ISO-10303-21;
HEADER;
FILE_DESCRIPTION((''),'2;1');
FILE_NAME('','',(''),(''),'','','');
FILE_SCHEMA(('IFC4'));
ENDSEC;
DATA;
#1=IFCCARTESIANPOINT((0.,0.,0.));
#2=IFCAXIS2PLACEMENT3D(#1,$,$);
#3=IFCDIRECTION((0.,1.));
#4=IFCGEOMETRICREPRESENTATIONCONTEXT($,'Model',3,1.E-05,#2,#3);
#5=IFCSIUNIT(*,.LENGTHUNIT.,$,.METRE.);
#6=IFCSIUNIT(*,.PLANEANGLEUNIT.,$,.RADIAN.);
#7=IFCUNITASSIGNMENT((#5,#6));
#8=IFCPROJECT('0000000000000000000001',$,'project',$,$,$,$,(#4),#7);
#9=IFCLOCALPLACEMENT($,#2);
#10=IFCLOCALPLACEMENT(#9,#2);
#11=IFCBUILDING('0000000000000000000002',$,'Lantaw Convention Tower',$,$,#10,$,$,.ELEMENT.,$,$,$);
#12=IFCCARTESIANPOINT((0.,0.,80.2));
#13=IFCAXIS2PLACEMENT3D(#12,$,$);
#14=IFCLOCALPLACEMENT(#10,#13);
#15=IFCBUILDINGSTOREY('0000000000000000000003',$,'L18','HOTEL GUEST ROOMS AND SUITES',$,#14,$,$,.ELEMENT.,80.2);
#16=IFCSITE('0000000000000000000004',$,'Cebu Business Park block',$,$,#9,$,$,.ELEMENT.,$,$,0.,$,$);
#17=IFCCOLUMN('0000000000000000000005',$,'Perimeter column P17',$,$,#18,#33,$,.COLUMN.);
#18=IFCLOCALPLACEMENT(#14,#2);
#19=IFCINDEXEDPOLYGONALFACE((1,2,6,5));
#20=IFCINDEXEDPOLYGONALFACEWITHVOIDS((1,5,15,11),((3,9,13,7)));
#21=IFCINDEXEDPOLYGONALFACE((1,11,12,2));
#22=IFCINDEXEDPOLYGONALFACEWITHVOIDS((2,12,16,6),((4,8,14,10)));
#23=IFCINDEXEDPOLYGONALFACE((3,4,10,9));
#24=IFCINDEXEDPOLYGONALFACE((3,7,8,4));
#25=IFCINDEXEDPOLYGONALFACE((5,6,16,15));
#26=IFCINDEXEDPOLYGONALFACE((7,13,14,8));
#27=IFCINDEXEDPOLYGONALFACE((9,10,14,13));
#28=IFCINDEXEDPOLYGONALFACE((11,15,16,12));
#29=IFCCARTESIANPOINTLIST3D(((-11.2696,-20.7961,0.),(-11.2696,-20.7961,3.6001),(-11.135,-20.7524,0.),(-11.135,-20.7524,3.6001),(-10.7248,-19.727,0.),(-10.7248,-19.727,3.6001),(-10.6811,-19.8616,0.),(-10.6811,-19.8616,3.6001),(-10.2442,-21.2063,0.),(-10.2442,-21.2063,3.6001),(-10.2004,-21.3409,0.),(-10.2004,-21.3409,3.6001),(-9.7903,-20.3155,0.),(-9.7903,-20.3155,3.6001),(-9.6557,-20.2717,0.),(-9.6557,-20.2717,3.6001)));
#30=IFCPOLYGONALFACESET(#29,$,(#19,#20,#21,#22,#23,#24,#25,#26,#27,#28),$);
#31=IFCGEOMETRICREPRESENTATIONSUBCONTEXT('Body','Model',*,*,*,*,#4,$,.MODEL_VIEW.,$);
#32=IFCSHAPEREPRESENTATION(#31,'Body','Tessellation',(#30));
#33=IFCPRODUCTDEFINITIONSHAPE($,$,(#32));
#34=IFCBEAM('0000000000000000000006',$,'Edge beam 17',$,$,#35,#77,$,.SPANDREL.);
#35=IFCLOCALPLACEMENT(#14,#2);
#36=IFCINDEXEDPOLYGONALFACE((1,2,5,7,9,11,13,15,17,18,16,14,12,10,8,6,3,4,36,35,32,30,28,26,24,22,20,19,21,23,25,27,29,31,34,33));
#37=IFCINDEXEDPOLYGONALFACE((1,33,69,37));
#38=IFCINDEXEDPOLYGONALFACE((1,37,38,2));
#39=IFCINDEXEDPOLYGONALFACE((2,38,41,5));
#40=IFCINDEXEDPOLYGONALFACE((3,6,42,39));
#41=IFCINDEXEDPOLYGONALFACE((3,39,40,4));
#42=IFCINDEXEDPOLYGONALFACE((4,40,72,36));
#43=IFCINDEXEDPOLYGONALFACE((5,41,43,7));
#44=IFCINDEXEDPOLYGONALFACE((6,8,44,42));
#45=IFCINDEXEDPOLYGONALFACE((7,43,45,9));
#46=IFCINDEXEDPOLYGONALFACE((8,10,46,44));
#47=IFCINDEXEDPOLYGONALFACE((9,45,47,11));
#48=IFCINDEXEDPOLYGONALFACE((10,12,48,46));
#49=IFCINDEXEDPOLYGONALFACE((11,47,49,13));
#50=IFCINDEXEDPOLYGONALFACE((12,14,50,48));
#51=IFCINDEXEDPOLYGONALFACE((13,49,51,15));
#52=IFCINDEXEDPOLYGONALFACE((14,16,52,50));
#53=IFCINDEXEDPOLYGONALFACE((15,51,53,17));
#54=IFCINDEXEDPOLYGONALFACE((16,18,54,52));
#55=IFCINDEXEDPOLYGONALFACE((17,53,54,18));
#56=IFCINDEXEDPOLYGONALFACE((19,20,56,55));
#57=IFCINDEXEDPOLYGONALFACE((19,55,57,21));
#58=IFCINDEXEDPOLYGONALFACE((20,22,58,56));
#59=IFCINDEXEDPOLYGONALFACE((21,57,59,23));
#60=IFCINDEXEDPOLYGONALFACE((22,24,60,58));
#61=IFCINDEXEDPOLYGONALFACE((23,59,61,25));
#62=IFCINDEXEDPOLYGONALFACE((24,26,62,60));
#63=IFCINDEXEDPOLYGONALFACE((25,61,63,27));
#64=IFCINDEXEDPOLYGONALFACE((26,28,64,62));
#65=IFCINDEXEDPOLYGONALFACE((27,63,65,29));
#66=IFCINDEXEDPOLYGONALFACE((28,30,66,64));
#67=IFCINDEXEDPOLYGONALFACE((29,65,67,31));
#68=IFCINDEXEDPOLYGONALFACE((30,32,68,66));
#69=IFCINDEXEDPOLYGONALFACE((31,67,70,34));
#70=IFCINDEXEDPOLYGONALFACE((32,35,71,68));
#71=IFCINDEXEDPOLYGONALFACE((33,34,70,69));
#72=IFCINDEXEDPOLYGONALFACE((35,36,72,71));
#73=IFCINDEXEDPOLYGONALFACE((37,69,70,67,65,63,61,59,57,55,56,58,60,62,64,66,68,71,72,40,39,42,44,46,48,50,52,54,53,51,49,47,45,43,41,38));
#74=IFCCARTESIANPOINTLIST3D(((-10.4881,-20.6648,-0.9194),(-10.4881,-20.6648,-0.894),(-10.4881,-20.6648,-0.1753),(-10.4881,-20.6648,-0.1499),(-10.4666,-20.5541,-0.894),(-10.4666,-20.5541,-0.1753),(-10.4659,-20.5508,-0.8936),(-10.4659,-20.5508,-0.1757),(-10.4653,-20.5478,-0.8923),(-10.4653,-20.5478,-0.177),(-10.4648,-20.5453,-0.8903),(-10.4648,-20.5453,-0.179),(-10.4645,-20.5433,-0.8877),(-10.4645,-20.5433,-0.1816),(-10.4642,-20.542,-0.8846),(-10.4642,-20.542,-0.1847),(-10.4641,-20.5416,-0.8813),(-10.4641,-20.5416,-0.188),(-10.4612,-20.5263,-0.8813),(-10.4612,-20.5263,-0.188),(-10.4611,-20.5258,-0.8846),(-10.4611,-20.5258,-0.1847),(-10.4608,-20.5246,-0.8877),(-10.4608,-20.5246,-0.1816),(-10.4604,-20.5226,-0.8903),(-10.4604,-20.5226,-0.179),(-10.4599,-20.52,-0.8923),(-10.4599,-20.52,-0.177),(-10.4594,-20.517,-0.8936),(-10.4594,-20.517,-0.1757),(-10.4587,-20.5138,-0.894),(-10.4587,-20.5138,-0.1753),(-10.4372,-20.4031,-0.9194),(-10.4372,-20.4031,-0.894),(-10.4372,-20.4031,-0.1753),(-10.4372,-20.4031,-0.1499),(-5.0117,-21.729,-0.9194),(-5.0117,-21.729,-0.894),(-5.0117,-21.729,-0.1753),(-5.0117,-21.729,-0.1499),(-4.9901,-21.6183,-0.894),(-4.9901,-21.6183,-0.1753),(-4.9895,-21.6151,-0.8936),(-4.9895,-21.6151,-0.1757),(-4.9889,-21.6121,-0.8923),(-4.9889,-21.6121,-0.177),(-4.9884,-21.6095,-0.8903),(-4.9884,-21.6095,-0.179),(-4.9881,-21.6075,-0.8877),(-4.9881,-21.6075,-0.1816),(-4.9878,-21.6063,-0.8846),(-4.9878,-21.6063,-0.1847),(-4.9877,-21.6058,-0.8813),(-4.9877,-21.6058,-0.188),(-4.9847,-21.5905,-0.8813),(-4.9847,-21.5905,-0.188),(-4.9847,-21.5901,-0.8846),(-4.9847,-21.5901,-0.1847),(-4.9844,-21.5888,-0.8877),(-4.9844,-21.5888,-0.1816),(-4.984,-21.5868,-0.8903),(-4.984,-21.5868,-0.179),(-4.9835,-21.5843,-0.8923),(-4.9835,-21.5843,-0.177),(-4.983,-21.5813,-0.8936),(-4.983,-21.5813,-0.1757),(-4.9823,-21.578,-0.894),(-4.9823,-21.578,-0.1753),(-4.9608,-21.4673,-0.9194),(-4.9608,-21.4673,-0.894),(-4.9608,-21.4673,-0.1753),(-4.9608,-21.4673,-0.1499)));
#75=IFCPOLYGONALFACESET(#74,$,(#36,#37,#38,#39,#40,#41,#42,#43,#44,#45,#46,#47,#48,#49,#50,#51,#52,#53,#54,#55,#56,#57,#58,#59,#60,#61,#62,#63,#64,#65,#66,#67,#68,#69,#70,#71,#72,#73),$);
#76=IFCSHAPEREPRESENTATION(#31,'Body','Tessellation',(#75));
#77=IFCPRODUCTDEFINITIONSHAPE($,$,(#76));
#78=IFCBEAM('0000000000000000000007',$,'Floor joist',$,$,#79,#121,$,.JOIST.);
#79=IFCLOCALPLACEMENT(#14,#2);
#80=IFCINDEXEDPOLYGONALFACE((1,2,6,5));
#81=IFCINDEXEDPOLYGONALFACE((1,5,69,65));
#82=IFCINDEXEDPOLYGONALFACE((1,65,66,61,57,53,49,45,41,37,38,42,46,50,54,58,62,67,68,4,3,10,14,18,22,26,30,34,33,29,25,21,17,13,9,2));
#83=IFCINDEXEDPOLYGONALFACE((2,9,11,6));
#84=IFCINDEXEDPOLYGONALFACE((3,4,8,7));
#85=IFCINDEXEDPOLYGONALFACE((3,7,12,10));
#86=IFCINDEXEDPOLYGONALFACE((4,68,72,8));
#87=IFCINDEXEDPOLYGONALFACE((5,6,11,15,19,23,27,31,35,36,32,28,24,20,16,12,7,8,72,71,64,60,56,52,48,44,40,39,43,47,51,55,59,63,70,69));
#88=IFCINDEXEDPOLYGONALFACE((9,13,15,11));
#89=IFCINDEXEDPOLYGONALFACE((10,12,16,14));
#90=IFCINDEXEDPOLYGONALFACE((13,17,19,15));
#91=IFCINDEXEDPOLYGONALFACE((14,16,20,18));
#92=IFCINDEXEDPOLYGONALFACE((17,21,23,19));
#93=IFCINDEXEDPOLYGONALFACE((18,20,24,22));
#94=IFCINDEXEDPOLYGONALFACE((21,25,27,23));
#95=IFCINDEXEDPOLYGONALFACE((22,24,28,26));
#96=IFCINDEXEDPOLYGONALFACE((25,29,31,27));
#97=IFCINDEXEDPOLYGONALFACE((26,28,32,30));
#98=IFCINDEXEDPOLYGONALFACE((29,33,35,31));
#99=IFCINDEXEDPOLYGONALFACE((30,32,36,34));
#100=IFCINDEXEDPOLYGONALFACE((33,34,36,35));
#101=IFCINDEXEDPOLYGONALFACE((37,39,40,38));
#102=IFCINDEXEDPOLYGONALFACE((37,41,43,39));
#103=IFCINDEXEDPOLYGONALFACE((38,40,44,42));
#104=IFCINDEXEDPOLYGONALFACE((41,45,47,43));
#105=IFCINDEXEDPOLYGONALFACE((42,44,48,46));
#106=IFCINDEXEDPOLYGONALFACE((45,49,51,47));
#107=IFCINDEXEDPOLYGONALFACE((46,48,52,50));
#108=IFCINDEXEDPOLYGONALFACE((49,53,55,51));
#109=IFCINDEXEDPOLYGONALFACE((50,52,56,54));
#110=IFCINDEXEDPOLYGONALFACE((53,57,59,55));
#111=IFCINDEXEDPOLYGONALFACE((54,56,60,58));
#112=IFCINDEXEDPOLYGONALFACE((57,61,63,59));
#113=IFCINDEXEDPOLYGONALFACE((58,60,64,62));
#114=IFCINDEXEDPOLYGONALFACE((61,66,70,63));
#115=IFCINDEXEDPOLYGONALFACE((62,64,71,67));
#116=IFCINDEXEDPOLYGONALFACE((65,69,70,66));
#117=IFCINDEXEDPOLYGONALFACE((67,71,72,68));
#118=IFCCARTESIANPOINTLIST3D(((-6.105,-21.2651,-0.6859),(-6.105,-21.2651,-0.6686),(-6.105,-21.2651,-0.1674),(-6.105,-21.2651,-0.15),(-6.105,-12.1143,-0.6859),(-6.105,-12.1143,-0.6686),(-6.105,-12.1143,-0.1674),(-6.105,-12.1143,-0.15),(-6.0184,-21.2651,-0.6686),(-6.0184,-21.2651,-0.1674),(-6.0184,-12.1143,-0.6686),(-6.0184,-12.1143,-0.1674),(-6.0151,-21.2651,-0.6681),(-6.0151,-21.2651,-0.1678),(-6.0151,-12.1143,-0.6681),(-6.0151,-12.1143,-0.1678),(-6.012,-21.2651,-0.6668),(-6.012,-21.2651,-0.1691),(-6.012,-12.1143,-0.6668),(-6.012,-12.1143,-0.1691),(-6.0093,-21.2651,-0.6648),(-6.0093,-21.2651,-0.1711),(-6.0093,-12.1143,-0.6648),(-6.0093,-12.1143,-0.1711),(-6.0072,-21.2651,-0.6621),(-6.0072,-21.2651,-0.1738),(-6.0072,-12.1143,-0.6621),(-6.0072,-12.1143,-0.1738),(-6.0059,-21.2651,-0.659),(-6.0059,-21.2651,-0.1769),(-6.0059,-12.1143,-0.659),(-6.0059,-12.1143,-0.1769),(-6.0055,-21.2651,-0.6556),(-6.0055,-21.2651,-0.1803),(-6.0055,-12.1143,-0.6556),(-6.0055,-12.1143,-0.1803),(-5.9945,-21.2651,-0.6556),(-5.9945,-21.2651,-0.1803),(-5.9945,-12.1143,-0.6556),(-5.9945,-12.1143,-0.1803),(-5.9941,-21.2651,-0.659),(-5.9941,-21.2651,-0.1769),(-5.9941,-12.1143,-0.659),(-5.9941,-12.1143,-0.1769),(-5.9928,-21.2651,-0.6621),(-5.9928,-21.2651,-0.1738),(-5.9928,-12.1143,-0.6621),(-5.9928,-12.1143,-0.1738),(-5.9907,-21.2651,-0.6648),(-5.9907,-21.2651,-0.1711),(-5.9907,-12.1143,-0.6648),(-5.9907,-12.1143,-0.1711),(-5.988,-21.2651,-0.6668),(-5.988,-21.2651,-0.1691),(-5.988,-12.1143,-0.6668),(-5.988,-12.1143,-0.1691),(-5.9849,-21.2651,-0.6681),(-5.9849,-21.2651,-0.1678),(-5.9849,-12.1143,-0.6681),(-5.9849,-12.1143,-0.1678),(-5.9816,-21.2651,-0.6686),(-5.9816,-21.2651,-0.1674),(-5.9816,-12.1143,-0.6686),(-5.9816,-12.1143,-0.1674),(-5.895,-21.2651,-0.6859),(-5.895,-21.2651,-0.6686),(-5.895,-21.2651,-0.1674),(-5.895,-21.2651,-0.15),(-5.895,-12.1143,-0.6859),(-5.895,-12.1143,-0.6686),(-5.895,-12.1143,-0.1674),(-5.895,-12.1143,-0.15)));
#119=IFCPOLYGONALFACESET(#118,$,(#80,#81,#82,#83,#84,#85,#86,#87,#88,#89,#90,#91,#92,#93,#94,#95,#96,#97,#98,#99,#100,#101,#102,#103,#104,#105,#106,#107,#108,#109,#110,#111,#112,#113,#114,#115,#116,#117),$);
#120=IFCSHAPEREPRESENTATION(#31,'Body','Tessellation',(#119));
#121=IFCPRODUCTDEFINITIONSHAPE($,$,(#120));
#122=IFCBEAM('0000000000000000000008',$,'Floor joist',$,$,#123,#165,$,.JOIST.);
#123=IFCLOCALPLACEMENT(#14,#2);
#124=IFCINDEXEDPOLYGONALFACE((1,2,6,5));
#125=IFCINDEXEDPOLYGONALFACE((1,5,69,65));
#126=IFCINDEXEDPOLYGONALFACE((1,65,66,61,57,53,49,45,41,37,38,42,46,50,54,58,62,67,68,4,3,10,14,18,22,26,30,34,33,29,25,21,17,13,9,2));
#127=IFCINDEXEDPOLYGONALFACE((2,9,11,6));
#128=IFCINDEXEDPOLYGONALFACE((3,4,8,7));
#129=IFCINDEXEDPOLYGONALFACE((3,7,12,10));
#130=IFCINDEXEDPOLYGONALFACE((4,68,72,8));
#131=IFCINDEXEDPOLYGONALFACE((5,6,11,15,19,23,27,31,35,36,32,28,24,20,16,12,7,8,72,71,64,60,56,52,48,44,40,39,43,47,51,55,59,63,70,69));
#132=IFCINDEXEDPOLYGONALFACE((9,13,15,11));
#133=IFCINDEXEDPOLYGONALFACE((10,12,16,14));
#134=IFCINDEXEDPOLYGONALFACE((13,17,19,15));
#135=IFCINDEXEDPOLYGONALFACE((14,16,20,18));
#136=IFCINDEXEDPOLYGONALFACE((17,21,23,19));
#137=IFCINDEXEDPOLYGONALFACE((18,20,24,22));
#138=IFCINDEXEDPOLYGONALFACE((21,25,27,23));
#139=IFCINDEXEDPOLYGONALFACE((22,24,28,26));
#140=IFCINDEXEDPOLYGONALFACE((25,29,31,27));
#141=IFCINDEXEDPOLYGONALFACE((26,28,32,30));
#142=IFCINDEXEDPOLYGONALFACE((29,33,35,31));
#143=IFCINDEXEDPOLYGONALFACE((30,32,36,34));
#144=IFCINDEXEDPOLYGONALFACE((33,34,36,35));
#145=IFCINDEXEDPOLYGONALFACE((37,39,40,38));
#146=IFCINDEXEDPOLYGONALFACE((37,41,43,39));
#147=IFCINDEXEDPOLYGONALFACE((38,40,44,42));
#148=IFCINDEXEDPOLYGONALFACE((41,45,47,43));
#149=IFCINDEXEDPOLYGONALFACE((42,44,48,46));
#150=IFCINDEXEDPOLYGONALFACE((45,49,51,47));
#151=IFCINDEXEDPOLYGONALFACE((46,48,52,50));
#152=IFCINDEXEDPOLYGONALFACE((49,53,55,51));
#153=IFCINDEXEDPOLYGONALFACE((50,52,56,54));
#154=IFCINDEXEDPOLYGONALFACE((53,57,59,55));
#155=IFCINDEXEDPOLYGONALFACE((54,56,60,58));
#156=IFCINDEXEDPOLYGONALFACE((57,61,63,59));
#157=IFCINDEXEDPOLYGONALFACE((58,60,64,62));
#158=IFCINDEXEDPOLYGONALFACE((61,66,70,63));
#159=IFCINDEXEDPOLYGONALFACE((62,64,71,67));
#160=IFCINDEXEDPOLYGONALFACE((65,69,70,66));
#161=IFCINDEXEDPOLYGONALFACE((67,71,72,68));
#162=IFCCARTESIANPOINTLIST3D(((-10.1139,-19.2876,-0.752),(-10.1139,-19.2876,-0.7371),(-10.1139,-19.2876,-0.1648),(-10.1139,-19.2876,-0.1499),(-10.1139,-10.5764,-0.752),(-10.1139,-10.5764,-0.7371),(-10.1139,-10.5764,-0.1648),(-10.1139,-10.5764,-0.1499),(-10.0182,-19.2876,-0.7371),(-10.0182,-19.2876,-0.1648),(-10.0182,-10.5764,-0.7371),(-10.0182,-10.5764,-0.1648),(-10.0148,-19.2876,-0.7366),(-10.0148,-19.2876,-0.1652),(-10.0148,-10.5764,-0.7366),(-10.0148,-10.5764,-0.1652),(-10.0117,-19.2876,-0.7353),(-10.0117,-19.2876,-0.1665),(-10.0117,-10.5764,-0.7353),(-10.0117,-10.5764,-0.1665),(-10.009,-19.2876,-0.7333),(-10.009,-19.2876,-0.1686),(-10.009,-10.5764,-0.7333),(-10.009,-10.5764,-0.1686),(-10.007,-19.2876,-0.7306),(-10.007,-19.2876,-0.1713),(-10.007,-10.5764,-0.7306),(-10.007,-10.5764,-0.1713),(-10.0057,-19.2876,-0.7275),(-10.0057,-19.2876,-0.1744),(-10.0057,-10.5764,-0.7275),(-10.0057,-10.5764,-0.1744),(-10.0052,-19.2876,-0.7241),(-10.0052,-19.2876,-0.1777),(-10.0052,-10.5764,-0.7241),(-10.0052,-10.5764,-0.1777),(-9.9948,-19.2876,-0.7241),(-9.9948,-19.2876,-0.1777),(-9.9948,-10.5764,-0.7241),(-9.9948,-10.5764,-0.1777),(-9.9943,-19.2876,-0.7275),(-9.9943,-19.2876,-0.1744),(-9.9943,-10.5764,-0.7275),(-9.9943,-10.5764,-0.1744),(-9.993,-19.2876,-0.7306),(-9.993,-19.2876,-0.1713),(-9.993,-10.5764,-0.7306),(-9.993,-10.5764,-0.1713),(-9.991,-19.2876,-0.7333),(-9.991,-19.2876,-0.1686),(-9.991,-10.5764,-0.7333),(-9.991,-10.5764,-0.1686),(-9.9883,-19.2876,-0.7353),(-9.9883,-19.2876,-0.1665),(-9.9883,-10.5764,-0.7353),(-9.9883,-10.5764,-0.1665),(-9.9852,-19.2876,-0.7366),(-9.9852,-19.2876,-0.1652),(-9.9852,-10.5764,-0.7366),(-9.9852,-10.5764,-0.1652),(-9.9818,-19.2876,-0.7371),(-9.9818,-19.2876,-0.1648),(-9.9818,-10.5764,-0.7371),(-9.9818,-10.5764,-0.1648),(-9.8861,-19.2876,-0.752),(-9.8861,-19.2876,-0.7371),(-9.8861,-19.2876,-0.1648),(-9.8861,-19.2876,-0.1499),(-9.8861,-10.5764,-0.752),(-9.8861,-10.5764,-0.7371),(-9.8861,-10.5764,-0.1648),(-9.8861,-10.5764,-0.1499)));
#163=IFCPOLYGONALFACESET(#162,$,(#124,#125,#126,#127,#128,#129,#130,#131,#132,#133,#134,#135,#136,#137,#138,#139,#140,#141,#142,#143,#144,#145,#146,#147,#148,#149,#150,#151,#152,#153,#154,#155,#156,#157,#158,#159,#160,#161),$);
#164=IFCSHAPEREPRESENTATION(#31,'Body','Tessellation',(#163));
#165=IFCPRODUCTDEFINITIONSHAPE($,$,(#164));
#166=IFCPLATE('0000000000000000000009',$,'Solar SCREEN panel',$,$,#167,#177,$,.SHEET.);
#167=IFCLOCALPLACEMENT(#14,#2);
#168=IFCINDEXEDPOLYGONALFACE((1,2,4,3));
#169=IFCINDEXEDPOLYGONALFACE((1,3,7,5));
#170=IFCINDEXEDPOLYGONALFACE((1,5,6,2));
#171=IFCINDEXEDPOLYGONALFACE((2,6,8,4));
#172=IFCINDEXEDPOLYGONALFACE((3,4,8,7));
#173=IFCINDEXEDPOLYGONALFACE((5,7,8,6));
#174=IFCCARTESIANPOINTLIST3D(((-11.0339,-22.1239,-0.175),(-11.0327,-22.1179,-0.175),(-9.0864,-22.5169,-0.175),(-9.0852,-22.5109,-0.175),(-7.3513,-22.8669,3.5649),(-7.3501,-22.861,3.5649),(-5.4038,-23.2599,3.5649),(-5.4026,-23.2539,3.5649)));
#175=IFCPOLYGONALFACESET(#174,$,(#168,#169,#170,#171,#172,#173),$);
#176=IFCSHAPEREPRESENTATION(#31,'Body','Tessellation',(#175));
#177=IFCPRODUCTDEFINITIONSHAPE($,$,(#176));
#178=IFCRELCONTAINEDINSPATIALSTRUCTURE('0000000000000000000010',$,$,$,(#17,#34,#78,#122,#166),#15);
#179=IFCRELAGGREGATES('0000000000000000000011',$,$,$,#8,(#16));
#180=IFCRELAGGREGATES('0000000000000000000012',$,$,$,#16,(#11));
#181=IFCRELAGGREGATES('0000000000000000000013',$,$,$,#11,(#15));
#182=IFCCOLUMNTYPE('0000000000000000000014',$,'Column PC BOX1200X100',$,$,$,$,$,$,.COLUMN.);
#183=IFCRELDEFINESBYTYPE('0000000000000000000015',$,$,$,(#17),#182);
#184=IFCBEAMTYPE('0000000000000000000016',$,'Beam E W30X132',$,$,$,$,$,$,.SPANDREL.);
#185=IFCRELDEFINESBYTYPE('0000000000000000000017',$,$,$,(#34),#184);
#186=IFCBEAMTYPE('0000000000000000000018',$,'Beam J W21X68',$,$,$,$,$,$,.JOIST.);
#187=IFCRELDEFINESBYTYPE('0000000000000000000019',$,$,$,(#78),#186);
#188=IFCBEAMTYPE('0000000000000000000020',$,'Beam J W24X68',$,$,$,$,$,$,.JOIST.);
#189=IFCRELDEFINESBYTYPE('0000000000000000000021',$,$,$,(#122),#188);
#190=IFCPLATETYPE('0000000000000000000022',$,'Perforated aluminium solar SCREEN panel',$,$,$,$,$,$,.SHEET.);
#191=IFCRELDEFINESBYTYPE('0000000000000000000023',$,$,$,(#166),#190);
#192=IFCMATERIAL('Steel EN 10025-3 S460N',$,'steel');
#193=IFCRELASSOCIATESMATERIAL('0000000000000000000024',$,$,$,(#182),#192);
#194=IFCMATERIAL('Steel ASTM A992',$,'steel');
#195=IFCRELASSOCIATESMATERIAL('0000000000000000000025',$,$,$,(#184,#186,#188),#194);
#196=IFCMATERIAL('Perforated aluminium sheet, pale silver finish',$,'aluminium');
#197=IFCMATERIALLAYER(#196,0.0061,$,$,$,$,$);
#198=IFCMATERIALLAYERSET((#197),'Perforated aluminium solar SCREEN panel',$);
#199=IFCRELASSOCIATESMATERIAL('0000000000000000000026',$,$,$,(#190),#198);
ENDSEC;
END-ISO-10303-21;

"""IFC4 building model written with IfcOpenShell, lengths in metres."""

from ifc_helpers import new_model, si_unit, direction, frame, origin, origin_2d, place, context, subcontext, project, spatial, polyline, rectangle, hollow_rectangle, i_section, outline, extrude, material, layer, layer_set, material_profile, profile_set, type_object, element, save


model = new_model("IFC4")

# Units and contexts
model_context = context("Model", 3, precision=1e-05, world=origin(), true_north=direction((0.0, 1.0)))
body_context = subcontext(model_context, "Body", "Model", "MODEL_VIEW")
ifc_project = project(units=[si_unit("LENGTHUNIT", "METRE"), si_unit("PLANEANGLEUNIT", "RADIAN")], contexts=[model_context])

# Site, building, storey
site_placement = place(None, origin())
site = spatial("IfcSite", under=ifc_project, at=site_placement, Name="Cebu Business Park block", CompositionType="ELEMENT", RefElevation=0.0)
building_placement = place(site_placement, origin())
building = spatial("IfcBuilding", under=site, at=building_placement, Name="Lantaw Convention Tower", CompositionType="ELEMENT")
storey_placement = place(building_placement, frame((0.0, 0.0, 80.2)))
storey = spatial("IfcBuildingStorey", under=building, at=storey_placement, Name="L18", Description="HOTEL GUEST ROOMS AND SUITES", CompositionType="ELEMENT", Elevation=80.2)

# Column
ifc_material_1 = material(Name="Steel EN 10025-3 S460N", Category="steel")
ifc_material_profile_1 = material_profile(ifc_material_1, hollow_rectangle(XDim=1.2, YDim=1.2, WallThickness=0.1001, at=origin_2d()), Name="BOX1200X100")
ifc_material_2 = material(Name="Concrete C60/75", Category="concrete")
ifc_material_profile_2 = material_profile(ifc_material_2, rectangle(XDim=1.0, YDim=1.0, at=origin_2d()), Name="Concrete fill of BOX1200X100")
ifc_profile_set_1 = profile_set([ifc_material_profile_1, ifc_material_profile_2], Name="Steel EN 10025-3 S460N")
column_type = type_object("IfcColumnType", Name="Column PC BOX1200X100", PredefinedType="COLUMN", material=ifc_profile_set_1)
column_placement = place(storey_placement, frame((-10.4626, -20.5339, 0.0), z_axis=(0.0, 0.0, 1.0), x_axis=(0.45399, 0.891007, 0.0)))
element("IfcColumn", 1, at=column_placement, inside=storey, type_object=column_type, Name="Perimeter column P17", PredefinedType="COLUMN", context=body_context, shape_type="SweptSolid", body=[
    extrude(hollow_rectangle(XDim=1.2, YDim=1.2, WallThickness=0.1001, at=origin_2d()), origin(), (0.0, 0.0, 1.0), 3.6001),
])

# Beams
ifc_material_3 = material(Name="Steel ASTM A992", Category="steel")
ifc_material_profile_3 = material_profile(ifc_material_3, i_section(OverallWidth=0.2666, OverallDepth=0.7695, WebThickness=0.0156, FlangeThickness=0.0254, FilletRadius=0.0127, at=origin_2d()), Name="W30X132")
ifc_profile_set_2 = profile_set([ifc_material_profile_3], Name="Steel ASTM A992")
beam_type_1 = type_object("IfcBeamType", Name="Beam E W30X132", PredefinedType="SPANDREL", material=ifc_profile_set_2)
beam_1_placement = place(storey_placement, frame((-10.4626, -20.5339, -0.5347), z_axis=(0.981637, -0.190761, 0.0), x_axis=(0.190761, 0.981637, 0.0)))
element("IfcBeam", 2, at=beam_1_placement, inside=storey, type_object=beam_type_1, Name="Edge beam 17", PredefinedType="SPANDREL", context=body_context, shape_type="SweptSolid", body=[
    extrude(i_section(OverallWidth=0.2666, OverallDepth=0.7695, WebThickness=0.0156, FlangeThickness=0.0254, FilletRadius=0.0127, at=origin_2d()), origin(), (0.0, 0.0, 1.0), 5.5789),
])
ifc_material_profile_4 = material_profile(ifc_material_3, i_section(OverallWidth=0.21, OverallDepth=0.5359, WebThickness=0.011, FlangeThickness=0.0173, FilletRadius=0.0129, at=origin_2d()), Name="W21X68")
ifc_profile_set_3 = profile_set([ifc_material_profile_4], Name="Steel ASTM A992")
beam_type_2 = type_object("IfcBeamType", Name="Beam J W21X68", PredefinedType="JOIST", material=ifc_profile_set_3)
beam_2_placement = place(storey_placement, frame((-6.0, -21.2651, -0.418), z_axis=(0.0, 1.0, 0.0), x_axis=(-1.0, 0.0, 0.0)))
element("IfcBeam", 3, at=beam_2_placement, inside=storey, type_object=beam_type_2, Name="Floor joist", PredefinedType="JOIST", context=body_context, shape_type="SweptSolid", body=[
    extrude(i_section(OverallWidth=0.21, OverallDepth=0.5359, WebThickness=0.011, FlangeThickness=0.0173, FilletRadius=0.0129, at=origin_2d()), origin(), (0.0, 0.0, 1.0), 9.1509),
])
ifc_material_profile_5 = material_profile(ifc_material_3, i_section(OverallWidth=0.2278, OverallDepth=0.6021, WebThickness=0.0105, FlangeThickness=0.0149, FilletRadius=0.0129, at=origin_2d()), Name="W24X68")
ifc_profile_set_4 = profile_set([ifc_material_profile_5], Name="Steel ASTM A992")
beam_type_3 = type_object("IfcBeamType", Name="Beam J W24X68", PredefinedType="JOIST", material=ifc_profile_set_4)
beam_3_placement = place(storey_placement, frame((-10.0, -19.2876, -0.4509), z_axis=(0.0, 1.0, 0.0), x_axis=(-1.0, 0.0, 0.0)))
element("IfcBeam", 4, at=beam_3_placement, inside=storey, type_object=beam_type_3, Name="Floor joist", PredefinedType="JOIST", context=body_context, shape_type="SweptSolid", body=[
    extrude(i_section(OverallWidth=0.2278, OverallDepth=0.6021, WebThickness=0.0105, FlangeThickness=0.0149, FilletRadius=0.0129, at=origin_2d()), origin(), (0.0, 0.0, 1.0), 8.7112),
])

# Plate
ifc_material_4 = material(Name="Perforated aluminium sheet, pale silver finish", Category="aluminium")
ifc_layer_1 = layer(ifc_material_4, 0.0061)
ifc_layer_set_1 = layer_set([ifc_layer_1], Name="Perforated aluminium solar SCREEN panel")
plate_type = type_object("IfcPlateType", Name="Perforated aluminium solar SCREEN panel", PredefinedType="SHEET", material=ifc_layer_set_1)
plate_1_placement = place(storey_placement, frame((-11.0327, -22.1179, -0.175), z_axis=(0.197782, 0.980246, 0.000002), x_axis=(0.980246, -0.197782, 0.0)))
element("IfcPlate", 5, at=plate_1_placement, inside=storey, type_object=plate_type, Name="Solar SCREEN panel", PredefinedType="SHEET", context=body_context, shape_type="SweptSolid", body=[
    extrude(outline(polyline([(0.0, 0.0), (1.9868, 0.0), (5.7436, -3.74), (3.7569, -3.74), (0.0, 0.0)])), origin(), (0.0, 0.0, -1.0), 0.0061),
])

save(model, "model.ifc")
